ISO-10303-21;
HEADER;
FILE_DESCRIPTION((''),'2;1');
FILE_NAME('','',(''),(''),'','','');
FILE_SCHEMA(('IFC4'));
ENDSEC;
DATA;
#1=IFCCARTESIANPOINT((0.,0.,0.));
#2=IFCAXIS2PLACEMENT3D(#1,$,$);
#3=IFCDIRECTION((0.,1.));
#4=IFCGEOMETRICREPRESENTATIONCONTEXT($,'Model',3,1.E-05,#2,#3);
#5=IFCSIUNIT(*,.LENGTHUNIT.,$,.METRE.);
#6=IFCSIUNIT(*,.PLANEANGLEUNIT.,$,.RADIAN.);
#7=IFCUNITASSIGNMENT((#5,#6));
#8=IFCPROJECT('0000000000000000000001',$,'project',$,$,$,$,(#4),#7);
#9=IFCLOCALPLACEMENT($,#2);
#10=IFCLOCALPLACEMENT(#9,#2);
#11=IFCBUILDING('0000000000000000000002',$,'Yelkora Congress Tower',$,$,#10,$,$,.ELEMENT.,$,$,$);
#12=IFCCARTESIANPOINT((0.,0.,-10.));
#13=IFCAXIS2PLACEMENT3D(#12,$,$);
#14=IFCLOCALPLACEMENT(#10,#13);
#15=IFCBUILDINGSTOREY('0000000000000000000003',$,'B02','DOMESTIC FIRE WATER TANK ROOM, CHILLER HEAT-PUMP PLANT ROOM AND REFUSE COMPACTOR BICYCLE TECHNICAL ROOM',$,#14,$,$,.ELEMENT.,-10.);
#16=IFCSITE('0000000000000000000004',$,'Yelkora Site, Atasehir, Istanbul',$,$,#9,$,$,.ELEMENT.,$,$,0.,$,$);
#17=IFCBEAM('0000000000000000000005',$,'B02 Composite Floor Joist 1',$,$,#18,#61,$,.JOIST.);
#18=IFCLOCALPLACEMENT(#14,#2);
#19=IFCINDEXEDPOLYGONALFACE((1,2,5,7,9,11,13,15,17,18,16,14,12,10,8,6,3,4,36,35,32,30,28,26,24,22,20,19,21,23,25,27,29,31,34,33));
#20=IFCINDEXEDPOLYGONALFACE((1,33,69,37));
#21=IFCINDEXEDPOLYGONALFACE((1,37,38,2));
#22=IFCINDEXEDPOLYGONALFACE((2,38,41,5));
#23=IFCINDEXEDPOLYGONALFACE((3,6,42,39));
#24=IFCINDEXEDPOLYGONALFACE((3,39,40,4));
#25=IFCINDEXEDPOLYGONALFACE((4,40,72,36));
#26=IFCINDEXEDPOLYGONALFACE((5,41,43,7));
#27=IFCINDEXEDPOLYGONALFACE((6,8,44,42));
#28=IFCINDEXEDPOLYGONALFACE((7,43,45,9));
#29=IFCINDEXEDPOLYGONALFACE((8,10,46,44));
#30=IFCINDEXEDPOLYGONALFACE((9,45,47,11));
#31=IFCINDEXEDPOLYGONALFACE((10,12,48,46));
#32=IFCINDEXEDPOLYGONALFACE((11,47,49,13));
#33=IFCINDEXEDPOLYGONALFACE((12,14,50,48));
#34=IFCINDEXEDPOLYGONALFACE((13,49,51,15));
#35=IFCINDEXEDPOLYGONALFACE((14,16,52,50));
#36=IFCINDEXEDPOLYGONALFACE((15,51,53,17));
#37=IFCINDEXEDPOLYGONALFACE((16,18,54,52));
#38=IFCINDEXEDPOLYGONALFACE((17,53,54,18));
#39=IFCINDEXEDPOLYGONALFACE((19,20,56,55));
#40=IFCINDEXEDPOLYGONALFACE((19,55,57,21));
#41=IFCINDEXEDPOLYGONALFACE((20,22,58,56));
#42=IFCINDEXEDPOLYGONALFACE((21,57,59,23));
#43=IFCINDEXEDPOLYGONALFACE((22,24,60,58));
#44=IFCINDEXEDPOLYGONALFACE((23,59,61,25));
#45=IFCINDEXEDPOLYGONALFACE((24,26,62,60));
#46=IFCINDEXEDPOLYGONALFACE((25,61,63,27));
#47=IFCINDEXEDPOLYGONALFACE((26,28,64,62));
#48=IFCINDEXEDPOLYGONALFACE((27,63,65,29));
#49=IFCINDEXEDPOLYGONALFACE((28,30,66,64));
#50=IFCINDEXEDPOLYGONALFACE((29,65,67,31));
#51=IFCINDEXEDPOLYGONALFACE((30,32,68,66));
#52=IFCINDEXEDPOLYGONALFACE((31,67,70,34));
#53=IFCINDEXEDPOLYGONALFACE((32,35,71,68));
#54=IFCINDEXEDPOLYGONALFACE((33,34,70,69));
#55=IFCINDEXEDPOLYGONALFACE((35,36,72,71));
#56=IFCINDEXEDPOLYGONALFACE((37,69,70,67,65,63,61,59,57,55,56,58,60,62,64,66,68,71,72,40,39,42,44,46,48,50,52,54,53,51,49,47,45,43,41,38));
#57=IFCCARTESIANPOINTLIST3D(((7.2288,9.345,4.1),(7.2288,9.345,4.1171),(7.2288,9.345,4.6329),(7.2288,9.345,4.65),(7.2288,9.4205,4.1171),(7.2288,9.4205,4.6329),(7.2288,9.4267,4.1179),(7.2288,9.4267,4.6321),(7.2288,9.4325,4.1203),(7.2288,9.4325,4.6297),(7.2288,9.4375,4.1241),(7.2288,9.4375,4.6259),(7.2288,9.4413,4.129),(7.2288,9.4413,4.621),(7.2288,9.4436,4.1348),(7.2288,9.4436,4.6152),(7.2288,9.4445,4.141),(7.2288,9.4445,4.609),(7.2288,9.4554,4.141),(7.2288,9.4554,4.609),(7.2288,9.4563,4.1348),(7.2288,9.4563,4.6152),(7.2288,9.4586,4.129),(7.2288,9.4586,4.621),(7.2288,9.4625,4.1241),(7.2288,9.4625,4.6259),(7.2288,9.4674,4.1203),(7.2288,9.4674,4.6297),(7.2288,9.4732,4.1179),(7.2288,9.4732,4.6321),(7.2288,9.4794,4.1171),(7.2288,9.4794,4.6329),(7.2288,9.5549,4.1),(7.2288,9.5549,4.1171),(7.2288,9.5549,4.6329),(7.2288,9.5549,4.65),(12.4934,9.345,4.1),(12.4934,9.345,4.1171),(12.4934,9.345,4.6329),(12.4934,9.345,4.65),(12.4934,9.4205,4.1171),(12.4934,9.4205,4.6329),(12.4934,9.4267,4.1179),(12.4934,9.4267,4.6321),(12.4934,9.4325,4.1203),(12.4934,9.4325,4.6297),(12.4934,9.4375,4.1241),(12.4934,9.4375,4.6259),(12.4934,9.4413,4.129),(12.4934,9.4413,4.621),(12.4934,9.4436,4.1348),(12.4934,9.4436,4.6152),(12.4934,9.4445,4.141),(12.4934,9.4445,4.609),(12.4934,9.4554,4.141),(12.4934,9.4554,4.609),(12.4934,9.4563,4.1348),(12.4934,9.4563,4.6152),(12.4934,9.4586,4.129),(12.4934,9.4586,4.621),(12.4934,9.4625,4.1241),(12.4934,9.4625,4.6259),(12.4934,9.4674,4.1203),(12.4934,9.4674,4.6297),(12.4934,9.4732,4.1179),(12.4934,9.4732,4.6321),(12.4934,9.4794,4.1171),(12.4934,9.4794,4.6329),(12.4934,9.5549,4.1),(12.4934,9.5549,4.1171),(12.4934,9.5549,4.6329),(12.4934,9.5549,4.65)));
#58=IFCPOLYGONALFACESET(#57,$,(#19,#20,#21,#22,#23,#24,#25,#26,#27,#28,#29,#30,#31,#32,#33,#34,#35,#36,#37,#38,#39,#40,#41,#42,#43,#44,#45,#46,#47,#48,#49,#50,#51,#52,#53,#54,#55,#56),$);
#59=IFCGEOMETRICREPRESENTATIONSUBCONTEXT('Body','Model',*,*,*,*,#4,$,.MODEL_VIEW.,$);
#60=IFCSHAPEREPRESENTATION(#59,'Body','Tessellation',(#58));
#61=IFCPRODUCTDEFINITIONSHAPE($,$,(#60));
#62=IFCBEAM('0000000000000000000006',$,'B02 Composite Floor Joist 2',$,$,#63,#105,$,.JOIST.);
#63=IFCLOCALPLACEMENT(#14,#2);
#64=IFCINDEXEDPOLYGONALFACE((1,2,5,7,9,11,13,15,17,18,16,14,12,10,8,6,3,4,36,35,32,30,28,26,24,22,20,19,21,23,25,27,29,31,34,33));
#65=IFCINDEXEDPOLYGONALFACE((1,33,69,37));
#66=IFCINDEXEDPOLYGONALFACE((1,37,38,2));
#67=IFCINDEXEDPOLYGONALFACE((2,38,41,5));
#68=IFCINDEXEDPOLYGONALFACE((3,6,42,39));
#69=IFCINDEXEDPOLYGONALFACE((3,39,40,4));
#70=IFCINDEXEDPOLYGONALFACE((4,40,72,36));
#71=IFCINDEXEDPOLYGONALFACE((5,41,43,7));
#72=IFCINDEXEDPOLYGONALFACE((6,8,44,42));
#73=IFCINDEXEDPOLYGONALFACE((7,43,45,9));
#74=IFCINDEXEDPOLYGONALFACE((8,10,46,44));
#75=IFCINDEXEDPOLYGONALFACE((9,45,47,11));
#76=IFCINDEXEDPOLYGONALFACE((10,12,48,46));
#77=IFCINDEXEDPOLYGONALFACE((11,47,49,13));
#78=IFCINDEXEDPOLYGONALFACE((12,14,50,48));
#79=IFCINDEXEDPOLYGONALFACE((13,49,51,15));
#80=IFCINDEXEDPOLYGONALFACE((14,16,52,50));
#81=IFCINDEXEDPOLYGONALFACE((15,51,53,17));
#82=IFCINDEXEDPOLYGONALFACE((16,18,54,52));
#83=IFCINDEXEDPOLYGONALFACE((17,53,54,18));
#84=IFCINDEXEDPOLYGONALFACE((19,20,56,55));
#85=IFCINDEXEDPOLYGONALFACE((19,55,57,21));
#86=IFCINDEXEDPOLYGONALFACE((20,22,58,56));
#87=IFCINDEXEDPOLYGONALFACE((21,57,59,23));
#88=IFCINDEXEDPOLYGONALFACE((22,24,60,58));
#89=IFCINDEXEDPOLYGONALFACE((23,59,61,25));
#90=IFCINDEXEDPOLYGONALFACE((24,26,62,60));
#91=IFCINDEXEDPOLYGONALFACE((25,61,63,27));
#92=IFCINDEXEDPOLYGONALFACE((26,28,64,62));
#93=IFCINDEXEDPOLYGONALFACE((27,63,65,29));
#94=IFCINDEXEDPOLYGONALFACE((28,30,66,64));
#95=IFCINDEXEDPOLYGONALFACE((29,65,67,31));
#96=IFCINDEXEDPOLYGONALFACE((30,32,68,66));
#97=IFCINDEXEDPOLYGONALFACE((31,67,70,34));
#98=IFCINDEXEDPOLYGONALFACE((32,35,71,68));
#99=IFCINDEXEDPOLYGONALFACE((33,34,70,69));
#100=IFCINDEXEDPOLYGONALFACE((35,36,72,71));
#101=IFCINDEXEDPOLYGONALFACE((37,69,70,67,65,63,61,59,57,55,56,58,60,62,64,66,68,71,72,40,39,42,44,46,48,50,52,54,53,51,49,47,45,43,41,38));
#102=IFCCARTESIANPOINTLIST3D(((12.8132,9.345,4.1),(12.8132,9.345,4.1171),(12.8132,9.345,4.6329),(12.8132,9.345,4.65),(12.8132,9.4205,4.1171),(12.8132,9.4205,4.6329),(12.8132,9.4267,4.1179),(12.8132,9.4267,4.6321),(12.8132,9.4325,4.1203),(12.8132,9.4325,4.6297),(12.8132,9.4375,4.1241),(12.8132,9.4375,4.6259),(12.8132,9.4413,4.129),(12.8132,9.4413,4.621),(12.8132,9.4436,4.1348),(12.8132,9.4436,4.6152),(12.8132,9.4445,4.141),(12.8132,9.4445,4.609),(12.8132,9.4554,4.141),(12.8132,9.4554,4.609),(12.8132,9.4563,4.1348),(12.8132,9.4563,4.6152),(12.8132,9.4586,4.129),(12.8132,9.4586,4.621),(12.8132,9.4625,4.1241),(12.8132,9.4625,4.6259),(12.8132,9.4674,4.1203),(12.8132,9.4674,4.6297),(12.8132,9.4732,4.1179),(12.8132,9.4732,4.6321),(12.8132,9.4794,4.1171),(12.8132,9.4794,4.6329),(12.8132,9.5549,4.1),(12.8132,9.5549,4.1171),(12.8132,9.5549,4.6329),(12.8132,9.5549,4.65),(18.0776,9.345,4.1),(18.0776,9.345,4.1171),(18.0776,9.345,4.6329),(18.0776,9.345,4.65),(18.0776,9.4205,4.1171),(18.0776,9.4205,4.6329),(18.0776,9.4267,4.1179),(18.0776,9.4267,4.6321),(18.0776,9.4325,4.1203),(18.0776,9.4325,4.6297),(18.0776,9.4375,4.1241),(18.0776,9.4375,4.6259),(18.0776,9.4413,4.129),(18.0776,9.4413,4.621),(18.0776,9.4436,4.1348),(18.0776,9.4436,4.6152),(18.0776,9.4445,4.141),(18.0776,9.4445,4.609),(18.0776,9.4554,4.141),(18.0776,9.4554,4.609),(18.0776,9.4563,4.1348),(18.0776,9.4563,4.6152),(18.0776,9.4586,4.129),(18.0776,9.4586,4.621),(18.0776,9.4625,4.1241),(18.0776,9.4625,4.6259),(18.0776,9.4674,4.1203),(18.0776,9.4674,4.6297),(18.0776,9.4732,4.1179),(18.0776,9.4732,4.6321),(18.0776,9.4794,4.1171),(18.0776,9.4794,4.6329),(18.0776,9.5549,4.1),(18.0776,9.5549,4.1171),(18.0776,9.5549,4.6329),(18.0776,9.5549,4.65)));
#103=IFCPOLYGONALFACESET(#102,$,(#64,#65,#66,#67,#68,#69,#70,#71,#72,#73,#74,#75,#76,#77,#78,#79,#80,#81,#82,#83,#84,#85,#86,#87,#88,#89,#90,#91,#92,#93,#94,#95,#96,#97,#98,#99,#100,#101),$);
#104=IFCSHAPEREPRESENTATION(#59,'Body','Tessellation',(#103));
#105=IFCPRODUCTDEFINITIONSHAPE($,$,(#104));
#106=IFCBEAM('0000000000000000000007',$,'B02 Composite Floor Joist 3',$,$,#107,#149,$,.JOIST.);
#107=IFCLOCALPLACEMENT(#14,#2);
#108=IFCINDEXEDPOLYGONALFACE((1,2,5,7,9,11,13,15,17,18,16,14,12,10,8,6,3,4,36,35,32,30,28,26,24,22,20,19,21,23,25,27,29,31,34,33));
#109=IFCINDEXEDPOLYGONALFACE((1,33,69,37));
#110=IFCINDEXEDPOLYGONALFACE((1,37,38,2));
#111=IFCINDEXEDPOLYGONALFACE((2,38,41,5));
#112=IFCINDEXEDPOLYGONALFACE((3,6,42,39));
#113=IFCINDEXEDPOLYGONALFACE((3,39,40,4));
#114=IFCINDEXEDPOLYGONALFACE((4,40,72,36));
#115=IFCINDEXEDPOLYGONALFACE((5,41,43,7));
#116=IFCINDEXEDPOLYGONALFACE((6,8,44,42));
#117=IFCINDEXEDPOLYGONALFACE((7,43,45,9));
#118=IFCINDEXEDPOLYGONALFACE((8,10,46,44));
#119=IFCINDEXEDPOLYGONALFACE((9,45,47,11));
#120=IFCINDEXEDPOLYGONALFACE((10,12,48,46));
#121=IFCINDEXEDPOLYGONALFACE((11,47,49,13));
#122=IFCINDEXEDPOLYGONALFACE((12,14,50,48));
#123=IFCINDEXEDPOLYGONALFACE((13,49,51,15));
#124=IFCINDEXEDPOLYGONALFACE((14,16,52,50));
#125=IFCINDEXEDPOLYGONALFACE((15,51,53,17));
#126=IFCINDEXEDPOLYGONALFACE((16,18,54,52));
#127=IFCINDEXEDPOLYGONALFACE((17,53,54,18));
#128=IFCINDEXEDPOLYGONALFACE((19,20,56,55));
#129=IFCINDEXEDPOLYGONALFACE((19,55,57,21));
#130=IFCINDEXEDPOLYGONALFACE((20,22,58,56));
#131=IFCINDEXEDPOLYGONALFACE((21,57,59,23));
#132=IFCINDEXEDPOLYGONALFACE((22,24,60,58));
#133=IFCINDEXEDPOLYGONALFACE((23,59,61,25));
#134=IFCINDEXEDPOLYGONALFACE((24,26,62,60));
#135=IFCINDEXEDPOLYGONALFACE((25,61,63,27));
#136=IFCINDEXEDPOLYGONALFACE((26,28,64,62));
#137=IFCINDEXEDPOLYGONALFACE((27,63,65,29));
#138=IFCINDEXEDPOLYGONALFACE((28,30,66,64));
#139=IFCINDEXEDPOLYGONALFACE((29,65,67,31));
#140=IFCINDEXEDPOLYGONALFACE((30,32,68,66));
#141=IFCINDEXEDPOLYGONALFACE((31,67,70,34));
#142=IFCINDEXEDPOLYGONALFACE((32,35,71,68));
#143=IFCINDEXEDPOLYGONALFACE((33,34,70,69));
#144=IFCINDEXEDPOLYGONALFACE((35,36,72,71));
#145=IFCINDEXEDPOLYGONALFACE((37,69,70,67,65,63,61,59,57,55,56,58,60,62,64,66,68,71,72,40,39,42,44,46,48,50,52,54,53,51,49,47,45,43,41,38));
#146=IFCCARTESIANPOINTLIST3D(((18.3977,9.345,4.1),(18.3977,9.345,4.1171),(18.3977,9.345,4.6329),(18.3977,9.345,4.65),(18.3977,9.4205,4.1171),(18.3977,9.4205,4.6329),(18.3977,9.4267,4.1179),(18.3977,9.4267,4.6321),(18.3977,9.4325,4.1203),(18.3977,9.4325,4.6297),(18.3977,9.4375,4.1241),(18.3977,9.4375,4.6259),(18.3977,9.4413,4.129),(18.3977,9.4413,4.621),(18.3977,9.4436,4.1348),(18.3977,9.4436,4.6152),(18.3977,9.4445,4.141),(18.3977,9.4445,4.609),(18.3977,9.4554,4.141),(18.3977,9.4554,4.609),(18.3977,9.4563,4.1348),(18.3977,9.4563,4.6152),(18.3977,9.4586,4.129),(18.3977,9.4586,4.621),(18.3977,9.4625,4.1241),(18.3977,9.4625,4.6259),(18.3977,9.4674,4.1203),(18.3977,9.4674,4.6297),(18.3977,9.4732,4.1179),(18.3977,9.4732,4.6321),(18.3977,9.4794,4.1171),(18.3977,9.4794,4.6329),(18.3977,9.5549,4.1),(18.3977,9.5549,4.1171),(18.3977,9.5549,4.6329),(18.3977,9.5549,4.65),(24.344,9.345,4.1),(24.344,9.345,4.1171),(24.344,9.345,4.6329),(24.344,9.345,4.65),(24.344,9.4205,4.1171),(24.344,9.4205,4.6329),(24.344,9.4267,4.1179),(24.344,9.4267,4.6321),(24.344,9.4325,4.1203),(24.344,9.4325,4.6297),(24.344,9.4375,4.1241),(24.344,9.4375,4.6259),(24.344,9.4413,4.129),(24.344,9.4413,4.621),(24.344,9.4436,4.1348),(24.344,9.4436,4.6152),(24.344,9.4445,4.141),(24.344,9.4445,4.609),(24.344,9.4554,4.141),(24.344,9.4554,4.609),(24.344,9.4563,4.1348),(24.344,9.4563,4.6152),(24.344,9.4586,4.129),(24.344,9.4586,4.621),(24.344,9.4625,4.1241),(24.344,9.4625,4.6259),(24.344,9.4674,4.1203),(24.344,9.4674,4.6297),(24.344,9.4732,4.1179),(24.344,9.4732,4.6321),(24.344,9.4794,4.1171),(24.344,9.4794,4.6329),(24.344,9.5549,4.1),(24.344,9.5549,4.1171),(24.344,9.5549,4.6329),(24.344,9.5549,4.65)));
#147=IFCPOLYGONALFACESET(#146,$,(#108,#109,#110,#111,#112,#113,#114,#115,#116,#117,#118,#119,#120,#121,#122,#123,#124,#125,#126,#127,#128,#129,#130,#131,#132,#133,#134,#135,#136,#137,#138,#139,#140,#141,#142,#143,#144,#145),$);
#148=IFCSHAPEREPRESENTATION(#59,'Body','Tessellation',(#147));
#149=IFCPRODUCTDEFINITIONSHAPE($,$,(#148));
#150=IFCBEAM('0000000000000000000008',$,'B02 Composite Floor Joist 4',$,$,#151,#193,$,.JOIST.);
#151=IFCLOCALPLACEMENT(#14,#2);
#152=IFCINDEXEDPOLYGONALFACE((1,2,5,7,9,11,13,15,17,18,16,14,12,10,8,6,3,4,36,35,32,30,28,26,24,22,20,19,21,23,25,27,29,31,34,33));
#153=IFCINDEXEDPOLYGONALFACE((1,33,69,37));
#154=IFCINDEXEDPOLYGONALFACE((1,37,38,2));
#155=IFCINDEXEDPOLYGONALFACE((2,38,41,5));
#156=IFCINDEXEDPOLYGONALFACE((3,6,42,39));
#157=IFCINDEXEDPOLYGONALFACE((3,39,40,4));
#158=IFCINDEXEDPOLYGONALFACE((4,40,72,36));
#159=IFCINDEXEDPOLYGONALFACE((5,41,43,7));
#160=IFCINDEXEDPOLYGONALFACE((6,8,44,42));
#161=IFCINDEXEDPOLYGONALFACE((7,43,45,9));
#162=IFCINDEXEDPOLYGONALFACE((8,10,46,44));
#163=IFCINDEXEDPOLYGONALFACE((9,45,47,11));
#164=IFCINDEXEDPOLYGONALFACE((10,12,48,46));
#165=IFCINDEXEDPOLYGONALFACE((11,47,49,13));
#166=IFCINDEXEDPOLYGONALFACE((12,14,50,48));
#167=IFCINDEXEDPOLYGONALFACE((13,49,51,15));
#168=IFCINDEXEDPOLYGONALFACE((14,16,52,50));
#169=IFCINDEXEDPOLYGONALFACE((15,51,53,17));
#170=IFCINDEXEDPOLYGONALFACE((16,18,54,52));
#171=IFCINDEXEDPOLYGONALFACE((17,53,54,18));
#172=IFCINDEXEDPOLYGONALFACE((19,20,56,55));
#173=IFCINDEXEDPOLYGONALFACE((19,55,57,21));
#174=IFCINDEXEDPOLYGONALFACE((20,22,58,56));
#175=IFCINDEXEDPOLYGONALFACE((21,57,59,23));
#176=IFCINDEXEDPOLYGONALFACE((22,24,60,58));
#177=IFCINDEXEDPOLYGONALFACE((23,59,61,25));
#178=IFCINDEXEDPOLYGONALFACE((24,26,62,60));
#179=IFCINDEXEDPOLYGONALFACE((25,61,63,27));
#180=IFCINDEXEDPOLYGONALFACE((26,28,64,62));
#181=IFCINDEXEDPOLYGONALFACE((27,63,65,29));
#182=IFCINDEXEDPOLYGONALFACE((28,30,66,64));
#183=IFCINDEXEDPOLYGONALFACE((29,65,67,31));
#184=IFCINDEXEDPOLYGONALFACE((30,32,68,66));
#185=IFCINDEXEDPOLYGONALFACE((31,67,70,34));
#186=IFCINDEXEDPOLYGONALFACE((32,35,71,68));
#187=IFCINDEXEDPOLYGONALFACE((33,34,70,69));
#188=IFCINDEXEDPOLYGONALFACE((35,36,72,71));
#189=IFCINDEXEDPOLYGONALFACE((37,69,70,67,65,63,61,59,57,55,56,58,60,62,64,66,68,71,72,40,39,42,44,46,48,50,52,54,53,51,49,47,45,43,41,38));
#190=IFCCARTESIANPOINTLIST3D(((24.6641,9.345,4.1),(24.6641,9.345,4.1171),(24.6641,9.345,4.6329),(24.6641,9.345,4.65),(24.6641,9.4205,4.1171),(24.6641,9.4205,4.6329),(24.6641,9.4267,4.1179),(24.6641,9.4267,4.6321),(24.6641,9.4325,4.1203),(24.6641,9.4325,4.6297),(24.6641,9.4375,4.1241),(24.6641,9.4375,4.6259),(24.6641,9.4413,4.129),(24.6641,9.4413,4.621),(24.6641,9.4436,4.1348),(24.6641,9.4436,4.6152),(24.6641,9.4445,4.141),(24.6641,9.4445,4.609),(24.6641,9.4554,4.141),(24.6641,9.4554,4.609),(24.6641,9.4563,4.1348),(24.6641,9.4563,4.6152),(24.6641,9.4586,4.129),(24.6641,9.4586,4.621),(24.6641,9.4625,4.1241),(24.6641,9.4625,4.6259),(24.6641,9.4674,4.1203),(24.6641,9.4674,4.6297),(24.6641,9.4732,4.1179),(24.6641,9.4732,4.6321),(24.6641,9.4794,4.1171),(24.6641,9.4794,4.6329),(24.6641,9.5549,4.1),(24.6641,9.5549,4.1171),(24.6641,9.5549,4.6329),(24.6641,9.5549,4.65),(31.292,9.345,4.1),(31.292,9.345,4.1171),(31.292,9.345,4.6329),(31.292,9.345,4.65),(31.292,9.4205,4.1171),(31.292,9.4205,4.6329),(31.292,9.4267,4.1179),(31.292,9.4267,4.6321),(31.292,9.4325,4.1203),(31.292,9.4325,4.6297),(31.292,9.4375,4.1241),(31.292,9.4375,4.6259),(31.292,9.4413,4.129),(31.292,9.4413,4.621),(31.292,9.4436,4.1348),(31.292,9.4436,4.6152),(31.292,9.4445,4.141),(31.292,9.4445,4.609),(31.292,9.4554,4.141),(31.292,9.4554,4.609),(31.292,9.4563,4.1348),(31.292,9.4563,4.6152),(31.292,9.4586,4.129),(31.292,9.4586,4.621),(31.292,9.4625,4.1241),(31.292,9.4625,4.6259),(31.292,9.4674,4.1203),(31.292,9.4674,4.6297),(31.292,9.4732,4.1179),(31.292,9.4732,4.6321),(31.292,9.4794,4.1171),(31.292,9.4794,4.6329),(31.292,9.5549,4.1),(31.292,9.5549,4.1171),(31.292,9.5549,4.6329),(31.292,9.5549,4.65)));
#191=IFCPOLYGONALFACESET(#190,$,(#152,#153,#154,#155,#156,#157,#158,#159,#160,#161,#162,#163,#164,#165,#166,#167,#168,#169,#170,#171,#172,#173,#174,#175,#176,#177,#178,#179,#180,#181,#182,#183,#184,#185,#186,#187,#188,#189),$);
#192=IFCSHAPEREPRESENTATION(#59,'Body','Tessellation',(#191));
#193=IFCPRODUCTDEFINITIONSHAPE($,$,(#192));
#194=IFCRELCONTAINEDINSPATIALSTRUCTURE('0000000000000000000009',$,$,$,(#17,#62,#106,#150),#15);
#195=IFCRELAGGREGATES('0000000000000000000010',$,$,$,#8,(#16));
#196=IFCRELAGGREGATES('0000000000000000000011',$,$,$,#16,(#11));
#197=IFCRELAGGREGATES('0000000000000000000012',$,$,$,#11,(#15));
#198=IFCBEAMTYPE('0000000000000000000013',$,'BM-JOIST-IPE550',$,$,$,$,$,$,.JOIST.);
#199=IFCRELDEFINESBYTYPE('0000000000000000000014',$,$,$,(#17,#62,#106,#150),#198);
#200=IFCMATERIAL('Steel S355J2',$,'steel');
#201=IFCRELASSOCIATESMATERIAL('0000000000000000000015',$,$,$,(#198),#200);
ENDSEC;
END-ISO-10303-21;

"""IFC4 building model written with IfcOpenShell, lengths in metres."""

from ifc_helpers import new_model, si_unit, direction, frame, origin, origin_2d, place, context, subcontext, project, spatial, i_section, extrude, material, material_profile, profile_set, type_object, element, save


model = new_model("IFC4")

# Units and contexts
model_context = context("Model", 3, precision=1e-05, world=origin(), true_north=direction((0.0, 1.0)))
body_context = subcontext(model_context, "Body", "Model", "MODEL_VIEW")
ifc_project = project(units=[si_unit("LENGTHUNIT", "METRE"), si_unit("PLANEANGLEUNIT", "RADIAN")], contexts=[model_context])

# Site, building, storey
site_placement = place(None, origin())
site = spatial("IfcSite", under=ifc_project, at=site_placement, Name="Yelkora Site, Atasehir, Istanbul", CompositionType="ELEMENT", RefElevation=0.0)
building_placement = place(site_placement, origin())
building = spatial("IfcBuilding", under=site, at=building_placement, Name="Yelkora Congress Tower", CompositionType="ELEMENT")
storey_placement = place(building_placement, frame((0.0, 0.0, -10.0)))
storey = spatial("IfcBuildingStorey", under=building, at=storey_placement, Name="B02", Description="DOMESTIC FIRE WATER TANK ROOM, CHILLER HEAT-PUMP PLANT ROOM AND REFUSE COMPACTOR BICYCLE TECHNICAL ROOM", CompositionType="ELEMENT", Elevation=-10.0)

# Beams
ifc_material_1 = material(Name="Steel S355J2", Category="steel")
ifc_material_profile_1 = material_profile(ifc_material_1, i_section(OverallWidth=0.21, OverallDepth=0.55, WebThickness=0.011, FlangeThickness=0.0171, FilletRadius=0.0239, at=origin_2d()), Name="IPE 550")
ifc_profile_set_1 = profile_set([ifc_material_profile_1], Name="Steel S355J2")
beam_type_1 = type_object("IfcBeamType", Name="BM-JOIST-IPE550", PredefinedType="JOIST", material=ifc_profile_set_1)
beam_1_placement = place(storey_placement, frame((7.2288, 9.45, 4.375), z_axis=(1.0, 0.0, 0.0), x_axis=(0.0, 1.0, 0.0)))
element("IfcBeam", 1, at=beam_1_placement, inside=storey, type_object=beam_type_1, Name="B02 Composite Floor Joist 1", PredefinedType="JOIST", context=body_context, shape_type="SweptSolid", body=[
    extrude(i_section(OverallWidth=0.21, OverallDepth=0.55, WebThickness=0.011, FlangeThickness=0.0171, FilletRadius=0.0239, at=origin_2d()), origin(), (0.0, 0.0, 1.0), 5.2646),
])
beam_2_placement = place(storey_placement, frame((12.8132, 9.45, 4.375), z_axis=(1.0, 0.0, 0.0), x_axis=(0.0, 1.0, 0.0)))
element("IfcBeam", 2, at=beam_2_placement, inside=storey, type_object=beam_type_1, Name="B02 Composite Floor Joist 2", PredefinedType="JOIST", context=body_context, shape_type="SweptSolid", body=[
    extrude(i_section(OverallWidth=0.21, OverallDepth=0.55, WebThickness=0.011, FlangeThickness=0.0171, FilletRadius=0.0239, at=origin_2d()), origin(), (0.0, 0.0, 1.0), 5.2644),
])
beam_3_placement = place(storey_placement, frame((18.3977, 9.45, 4.375), z_axis=(1.0, 0.0, 0.0), x_axis=(0.0, 1.0, 0.0)))
element("IfcBeam", 3, at=beam_3_placement, inside=storey, type_object=beam_type_1, Name="B02 Composite Floor Joist 3", PredefinedType="JOIST", context=body_context, shape_type="SweptSolid", body=[
    extrude(i_section(OverallWidth=0.21, OverallDepth=0.55, WebThickness=0.011, FlangeThickness=0.0171, FilletRadius=0.0239, at=origin_2d()), origin(), (0.0, 0.0, 1.0), 5.9463),
])
beam_4_placement = place(storey_placement, frame((24.6641, 9.45, 4.375), z_axis=(1.0, 0.0, 0.0), x_axis=(0.0, 1.0, 0.0)))
element("IfcBeam", 4, at=beam_4_placement, inside=storey, type_object=beam_type_1, Name="B02 Composite Floor Joist 4", PredefinedType="JOIST", context=body_context, shape_type="SweptSolid", body=[
    extrude(i_section(OverallWidth=0.21, OverallDepth=0.55, WebThickness=0.011, FlangeThickness=0.0171, FilletRadius=0.0239, at=origin_2d()), origin(), (0.0, 0.0, 1.0), 6.6279),
])

save(model, "model.ifc")
